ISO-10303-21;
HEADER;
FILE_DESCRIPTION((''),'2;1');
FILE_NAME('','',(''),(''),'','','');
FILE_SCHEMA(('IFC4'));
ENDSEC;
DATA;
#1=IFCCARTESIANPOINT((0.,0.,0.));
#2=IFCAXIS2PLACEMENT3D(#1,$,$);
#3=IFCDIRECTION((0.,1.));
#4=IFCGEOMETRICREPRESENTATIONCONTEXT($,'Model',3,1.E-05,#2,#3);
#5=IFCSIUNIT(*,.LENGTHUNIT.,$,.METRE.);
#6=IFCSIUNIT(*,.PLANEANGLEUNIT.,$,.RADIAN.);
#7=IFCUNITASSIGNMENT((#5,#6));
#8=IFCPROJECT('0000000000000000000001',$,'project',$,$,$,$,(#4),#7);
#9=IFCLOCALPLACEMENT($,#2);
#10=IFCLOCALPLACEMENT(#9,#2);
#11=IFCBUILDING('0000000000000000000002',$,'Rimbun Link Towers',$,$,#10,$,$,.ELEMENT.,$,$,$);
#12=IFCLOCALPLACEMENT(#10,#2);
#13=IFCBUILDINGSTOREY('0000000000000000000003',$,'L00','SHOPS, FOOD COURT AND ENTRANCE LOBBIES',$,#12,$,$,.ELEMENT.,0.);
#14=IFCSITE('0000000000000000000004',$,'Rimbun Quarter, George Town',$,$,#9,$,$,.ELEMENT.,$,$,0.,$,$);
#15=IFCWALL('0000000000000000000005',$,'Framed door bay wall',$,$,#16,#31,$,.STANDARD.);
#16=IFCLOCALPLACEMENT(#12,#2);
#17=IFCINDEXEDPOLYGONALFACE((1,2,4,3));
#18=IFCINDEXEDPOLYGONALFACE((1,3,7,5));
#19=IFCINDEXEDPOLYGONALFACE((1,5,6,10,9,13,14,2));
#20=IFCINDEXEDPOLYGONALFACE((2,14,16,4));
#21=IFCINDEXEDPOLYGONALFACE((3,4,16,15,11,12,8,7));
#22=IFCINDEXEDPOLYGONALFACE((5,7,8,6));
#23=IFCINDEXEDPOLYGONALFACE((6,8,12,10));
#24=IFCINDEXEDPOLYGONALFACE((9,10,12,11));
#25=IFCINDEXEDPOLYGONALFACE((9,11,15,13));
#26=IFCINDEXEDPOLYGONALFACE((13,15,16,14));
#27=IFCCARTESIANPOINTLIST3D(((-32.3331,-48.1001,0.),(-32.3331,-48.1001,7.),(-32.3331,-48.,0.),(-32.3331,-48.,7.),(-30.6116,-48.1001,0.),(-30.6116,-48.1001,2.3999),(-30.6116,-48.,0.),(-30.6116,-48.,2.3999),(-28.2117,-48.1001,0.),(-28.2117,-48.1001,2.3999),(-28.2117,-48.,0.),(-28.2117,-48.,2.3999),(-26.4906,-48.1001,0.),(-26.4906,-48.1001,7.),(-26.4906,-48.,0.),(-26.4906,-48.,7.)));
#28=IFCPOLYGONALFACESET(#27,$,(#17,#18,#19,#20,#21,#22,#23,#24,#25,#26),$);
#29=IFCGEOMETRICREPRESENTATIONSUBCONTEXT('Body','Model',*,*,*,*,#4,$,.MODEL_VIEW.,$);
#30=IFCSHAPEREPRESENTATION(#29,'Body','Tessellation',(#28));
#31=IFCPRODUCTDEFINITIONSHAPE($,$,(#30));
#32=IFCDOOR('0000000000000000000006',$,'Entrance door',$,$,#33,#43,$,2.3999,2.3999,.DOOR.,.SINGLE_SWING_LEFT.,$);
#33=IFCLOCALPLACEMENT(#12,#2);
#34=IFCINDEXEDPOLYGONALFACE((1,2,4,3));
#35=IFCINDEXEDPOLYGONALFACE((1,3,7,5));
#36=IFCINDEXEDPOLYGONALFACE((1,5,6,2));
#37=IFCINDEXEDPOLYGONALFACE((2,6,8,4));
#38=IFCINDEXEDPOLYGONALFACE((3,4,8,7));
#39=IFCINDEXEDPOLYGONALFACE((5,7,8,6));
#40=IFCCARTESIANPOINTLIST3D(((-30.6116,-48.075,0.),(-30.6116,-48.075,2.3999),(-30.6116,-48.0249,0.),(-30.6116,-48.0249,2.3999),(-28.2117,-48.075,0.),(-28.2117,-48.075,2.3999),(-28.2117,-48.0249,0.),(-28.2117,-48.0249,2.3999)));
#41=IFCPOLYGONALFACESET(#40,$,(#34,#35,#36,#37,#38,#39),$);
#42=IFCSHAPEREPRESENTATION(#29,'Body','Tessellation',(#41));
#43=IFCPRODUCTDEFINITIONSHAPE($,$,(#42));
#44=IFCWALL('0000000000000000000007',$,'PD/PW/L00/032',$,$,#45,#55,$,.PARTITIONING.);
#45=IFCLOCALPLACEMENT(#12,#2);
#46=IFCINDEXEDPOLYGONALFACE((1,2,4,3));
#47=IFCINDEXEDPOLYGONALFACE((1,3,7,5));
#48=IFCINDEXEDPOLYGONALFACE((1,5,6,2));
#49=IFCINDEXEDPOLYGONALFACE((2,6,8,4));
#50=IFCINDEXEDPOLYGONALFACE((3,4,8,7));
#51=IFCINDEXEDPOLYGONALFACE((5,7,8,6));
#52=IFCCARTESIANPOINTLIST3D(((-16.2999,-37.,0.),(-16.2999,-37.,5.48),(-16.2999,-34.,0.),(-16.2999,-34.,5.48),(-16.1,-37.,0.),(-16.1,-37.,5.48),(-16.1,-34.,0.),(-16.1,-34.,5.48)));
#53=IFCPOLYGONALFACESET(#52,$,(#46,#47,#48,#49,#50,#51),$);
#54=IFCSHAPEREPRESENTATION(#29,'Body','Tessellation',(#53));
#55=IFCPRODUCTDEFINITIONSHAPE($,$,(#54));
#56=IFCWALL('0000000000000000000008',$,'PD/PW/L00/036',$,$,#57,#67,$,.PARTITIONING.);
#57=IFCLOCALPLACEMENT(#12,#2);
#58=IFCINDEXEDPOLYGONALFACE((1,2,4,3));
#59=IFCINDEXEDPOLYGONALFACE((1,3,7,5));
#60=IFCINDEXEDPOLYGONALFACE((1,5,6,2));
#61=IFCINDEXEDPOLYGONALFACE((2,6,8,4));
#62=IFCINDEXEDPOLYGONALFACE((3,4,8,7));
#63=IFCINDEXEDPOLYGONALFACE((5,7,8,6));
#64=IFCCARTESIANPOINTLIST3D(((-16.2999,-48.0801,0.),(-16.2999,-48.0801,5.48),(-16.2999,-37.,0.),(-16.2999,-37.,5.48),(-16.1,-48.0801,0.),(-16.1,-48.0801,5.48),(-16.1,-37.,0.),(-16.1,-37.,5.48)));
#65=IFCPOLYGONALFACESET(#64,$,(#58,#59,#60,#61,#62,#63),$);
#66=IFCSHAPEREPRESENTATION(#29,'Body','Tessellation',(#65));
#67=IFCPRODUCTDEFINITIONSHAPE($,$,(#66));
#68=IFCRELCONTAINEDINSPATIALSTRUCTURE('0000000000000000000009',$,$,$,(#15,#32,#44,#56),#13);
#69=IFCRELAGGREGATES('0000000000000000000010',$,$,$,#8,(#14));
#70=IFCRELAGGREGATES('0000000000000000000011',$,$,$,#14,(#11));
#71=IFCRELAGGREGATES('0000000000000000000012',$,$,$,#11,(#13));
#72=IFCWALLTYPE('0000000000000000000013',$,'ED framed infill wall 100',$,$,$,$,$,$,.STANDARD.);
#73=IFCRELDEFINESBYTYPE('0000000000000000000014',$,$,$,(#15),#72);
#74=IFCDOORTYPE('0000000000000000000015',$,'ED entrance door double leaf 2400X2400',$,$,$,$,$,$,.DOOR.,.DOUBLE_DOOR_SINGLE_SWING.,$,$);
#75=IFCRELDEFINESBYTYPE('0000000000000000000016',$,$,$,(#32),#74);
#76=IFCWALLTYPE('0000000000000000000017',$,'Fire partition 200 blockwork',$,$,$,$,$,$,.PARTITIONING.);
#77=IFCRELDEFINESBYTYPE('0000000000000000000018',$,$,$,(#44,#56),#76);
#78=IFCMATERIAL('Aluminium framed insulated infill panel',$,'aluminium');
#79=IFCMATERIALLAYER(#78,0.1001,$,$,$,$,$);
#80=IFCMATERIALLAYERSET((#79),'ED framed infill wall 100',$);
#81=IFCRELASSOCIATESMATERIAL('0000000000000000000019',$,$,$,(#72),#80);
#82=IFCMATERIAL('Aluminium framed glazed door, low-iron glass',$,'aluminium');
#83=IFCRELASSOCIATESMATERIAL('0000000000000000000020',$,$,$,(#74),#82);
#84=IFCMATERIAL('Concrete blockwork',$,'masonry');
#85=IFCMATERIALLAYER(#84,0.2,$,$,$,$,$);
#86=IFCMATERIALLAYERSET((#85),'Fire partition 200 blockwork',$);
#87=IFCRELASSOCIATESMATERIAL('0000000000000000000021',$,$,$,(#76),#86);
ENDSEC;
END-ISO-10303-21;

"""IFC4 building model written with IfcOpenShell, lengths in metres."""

from ifc_helpers import new_model, si_unit, direction, frame, frame_2d, origin, place, context, subcontext, project, spatial, rectangle, extrude, material, layer, layer_set, type_object, element, fill, save


model = new_model("IFC4")

# Units and contexts
model_context = context("Model", 3, precision=1e-05, world=origin(), true_north=direction((0.0, 1.0)))
body_context = subcontext(model_context, "Body", "Model", "MODEL_VIEW")
ifc_project = project(units=[si_unit("LENGTHUNIT", "METRE"), si_unit("PLANEANGLEUNIT", "RADIAN")], contexts=[model_context])

# Site, building, storey
site_placement = place(None, origin())
site = spatial("IfcSite", under=ifc_project, at=site_placement, Name="Rimbun Quarter, George Town", CompositionType="ELEMENT", RefElevation=0.0)
building_placement = place(site_placement, origin())
building = spatial("IfcBuilding", under=site, at=building_placement, Name="Rimbun Link Towers", CompositionType="ELEMENT")
storey_placement = place(building_placement, origin())
storey = spatial("IfcBuildingStorey", under=building, at=storey_placement, Name="L00", Description="SHOPS, FOOD COURT AND ENTRANCE LOBBIES", CompositionType="ELEMENT", Elevation=0.0)

# Wall, opening, door
ifc_material_1 = material(Name="Aluminium framed insulated infill panel", Category="aluminium")
ifc_layer_1 = layer(ifc_material_1, 0.1001)
ifc_layer_set_1 = layer_set([ifc_layer_1], Name="ED framed infill wall 100")
wall_type_1 = type_object("IfcWallType", Name="ED framed infill wall 100", PredefinedType="STANDARD", material=ifc_layer_set_1)
wall_1_placement = place(storey_placement, frame((-26.4905, -48.05, 0.0), z_axis=(0.0, 0.0, 1.0), x_axis=(-1.0, 0.0, 0.0)))
wall_1 = element("IfcWall", 1, at=wall_1_placement, inside=storey, type_object=wall_type_1, Name="Framed door bay wall", PredefinedType="STANDARD", context=body_context, shape_type="SweptSolid", body=[
    extrude(rectangle(XDim=5.8425, YDim=0.1001, at=frame_2d((2.9214, 0.0))), origin(), (0.0, 0.0, 1.0), 7.0),
])
opening_placement = place(wall_1_placement, frame((1.7212, 0.0, 0.0)))
opening = element("IfcOpeningElement", 2, at=opening_placement, cuts=wall_1, PredefinedType="OPENING", context=body_context, shape_type="SweptSolid", body=[
    extrude(rectangle(XDim=2.3999, YDim=2.3999, at=frame_2d((1.2, 1.2))), frame((0.0, 0.0601, 0.0), z_axis=(0.0, -1.0, 0.0), x_axis=(1.0, 0.0, 0.0)), (0.0, 0.0, 1.0), 0.1201),
])
ifc_material_2 = material(Name="Aluminium framed glazed door, low-iron glass", Category="aluminium")
door_type = type_object("IfcDoorType", Name="ED entrance door double leaf 2400X2400", OperationType="DOUBLE_DOOR_SINGLE_SWING", PredefinedType="DOOR", material=ifc_material_2)
door_placement = place(opening_placement, origin())
door = element("IfcDoor", 3, at=door_placement, inside=storey, type_object=door_type, Name="Entrance door", OperationType="SINGLE_SWING_LEFT", OverallHeight=2.3999, OverallWidth=2.3999, PredefinedType="DOOR", context=body_context, shape_type="SweptSolid", body=[
    extrude(rectangle(XDim=2.3999, YDim=2.3999, at=frame_2d((1.2, 1.2))), frame((0.0, 0.0249, 0.0), z_axis=(0.0, -1.0, 0.0), x_axis=(1.0, 0.0, 0.0)), (0.0, 0.0, 1.0), 0.05),
])
fill(opening, door)

# Walls
ifc_material_3 = material(Name="Concrete blockwork", Category="masonry")
ifc_layer_2 = layer(ifc_material_3, 0.2)
ifc_layer_set_2 = layer_set([ifc_layer_2], Name="Fire partition 200 blockwork")
wall_type_2 = type_object("IfcWallType", Name="Fire partition 200 blockwork", PredefinedType="PARTITIONING", material=ifc_layer_set_2)
wall_2_placement = place(storey_placement, frame((-16.2, -37.0, 0.0), z_axis=(0.0, 0.0, 1.0), x_axis=(0.0, 1.0, 0.0)))
element("IfcWall", 4, at=wall_2_placement, inside=storey, type_object=wall_type_2, Name="PD/PW/L00/032", PredefinedType="PARTITIONING", context=body_context, shape_type="SweptSolid", body=[
    extrude(rectangle(XDim=3.0, YDim=0.2, at=frame_2d((1.5, 0.0))), origin(), (0.0, 0.0, 1.0), 5.48),
])
wall_3_placement = place(storey_placement, frame((-16.2, -48.0801, 0.0), z_axis=(0.0, 0.0, 1.0), x_axis=(0.0, 1.0, 0.0)))
element("IfcWall", 5, at=wall_3_placement, inside=storey, type_object=wall_type_2, Name="PD/PW/L00/036", PredefinedType="PARTITIONING", context=body_context, shape_type="SweptSolid", body=[
    extrude(rectangle(XDim=11.0801, YDim=0.2, at=frame_2d((5.54, 0.0))), origin(), (0.0, 0.0, 1.0), 5.48),
])

save(model, "model.ifc")
